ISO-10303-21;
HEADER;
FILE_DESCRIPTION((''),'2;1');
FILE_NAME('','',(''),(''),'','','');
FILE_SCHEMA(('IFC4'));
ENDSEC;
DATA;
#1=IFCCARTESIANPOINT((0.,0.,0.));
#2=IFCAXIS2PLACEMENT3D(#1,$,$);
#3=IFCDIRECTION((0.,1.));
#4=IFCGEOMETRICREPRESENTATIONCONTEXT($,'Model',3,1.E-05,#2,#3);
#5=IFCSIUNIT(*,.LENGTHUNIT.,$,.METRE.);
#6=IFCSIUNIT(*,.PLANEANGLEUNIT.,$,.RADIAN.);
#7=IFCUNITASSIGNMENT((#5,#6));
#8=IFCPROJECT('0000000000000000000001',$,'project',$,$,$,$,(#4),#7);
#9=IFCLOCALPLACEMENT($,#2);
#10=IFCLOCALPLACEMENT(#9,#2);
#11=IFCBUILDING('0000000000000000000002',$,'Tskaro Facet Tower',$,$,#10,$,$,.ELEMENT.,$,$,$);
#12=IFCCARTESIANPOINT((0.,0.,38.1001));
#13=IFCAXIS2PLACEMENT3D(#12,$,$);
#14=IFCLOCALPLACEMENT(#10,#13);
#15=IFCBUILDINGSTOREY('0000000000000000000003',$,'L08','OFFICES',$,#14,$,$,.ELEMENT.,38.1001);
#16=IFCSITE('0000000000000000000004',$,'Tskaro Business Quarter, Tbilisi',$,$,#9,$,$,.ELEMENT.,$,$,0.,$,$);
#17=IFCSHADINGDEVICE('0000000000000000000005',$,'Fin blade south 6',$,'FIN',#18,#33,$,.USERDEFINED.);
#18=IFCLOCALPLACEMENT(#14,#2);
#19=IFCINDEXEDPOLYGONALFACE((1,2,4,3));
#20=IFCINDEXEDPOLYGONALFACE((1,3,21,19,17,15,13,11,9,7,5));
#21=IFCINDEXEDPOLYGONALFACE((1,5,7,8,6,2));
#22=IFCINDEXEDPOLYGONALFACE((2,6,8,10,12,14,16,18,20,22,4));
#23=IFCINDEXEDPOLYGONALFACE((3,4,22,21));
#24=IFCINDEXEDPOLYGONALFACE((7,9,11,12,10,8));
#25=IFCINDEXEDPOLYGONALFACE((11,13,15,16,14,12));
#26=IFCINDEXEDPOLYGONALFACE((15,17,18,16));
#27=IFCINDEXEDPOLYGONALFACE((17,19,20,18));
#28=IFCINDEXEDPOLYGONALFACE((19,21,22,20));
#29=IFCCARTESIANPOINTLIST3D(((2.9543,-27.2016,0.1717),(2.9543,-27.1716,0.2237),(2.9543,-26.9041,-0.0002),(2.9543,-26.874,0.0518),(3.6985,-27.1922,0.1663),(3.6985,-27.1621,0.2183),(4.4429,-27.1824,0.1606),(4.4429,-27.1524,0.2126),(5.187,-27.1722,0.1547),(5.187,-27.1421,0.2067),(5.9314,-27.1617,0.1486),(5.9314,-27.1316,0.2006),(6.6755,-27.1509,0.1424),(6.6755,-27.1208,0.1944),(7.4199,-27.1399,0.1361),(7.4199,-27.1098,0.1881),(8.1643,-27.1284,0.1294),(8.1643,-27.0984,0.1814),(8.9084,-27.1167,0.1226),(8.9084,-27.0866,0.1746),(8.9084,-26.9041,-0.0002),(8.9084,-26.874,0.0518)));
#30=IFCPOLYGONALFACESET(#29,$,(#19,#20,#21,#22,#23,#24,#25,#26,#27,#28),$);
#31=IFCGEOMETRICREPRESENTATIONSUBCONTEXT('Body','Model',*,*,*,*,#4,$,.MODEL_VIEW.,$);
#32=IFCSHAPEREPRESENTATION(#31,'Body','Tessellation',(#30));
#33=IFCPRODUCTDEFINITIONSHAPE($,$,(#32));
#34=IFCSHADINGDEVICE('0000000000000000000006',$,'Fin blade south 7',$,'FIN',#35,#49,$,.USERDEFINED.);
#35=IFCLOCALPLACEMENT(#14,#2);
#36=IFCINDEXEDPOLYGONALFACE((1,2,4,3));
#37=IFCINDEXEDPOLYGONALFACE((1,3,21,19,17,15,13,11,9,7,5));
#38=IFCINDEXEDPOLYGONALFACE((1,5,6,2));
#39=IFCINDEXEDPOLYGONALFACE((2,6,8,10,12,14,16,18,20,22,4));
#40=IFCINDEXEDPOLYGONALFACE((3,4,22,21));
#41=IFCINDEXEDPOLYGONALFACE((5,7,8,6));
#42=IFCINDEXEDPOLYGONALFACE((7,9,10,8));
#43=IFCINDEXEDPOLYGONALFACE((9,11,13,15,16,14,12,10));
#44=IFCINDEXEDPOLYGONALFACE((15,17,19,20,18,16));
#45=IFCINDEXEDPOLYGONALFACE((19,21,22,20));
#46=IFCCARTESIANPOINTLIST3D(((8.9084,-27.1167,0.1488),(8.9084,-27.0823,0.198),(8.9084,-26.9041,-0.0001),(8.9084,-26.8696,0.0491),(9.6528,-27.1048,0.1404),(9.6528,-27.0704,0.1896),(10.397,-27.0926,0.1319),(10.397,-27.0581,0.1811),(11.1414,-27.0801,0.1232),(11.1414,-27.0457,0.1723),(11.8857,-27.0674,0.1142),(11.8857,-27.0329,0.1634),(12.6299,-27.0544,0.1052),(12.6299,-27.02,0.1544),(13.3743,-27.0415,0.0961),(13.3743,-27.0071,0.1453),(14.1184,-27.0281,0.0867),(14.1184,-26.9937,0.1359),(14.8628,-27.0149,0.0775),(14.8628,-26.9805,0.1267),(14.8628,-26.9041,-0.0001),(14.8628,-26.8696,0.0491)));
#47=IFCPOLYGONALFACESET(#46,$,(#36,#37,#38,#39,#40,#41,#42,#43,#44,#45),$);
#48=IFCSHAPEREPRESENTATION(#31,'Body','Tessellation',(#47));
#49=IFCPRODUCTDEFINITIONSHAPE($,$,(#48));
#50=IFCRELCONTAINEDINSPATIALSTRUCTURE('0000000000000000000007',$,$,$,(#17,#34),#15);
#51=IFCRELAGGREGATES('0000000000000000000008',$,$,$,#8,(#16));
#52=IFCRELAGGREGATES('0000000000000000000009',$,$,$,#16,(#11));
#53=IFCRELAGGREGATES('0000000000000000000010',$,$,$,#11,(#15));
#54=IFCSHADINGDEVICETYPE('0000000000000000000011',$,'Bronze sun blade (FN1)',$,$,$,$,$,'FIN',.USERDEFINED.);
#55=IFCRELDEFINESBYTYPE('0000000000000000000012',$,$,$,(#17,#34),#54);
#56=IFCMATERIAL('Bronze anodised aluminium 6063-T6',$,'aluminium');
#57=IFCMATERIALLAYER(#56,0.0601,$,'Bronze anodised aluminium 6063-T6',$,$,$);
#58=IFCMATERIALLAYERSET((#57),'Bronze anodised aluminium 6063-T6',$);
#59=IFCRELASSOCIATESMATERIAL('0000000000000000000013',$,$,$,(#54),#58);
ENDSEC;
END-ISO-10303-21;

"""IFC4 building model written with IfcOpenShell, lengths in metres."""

from ifc_helpers import new_model, si_unit, direction, frame, origin, place, context, subcontext, project, spatial, polyline, outline, extrude, material, layer, layer_set, type_object, element, save


model = new_model("IFC4")

# Units and contexts
model_context = context("Model", 3, precision=1e-05, world=origin(), true_north=direction((0.0, 1.0)))
body_context = subcontext(model_context, "Body", "Model", "MODEL_VIEW")
ifc_project = project(units=[si_unit("LENGTHUNIT", "METRE"), si_unit("PLANEANGLEUNIT", "RADIAN")], contexts=[model_context])

# Site, building, storey
site_placement = place(None, origin())
site = spatial("IfcSite", under=ifc_project, at=site_placement, Name="Tskaro Business Quarter, Tbilisi", CompositionType="ELEMENT", RefElevation=0.0)
building_placement = place(site_placement, origin())
building = spatial("IfcBuilding", under=site, at=building_placement, Name="Tskaro Facet Tower", CompositionType="ELEMENT")
storey_placement = place(building_placement, frame((0.0, 0.0, 38.1001)))
storey = spatial("IfcBuildingStorey", under=building, at=storey_placement, Name="L08", Description="OFFICES", CompositionType="ELEMENT", Elevation=38.1001)

# Shared definitions
ifc_material_1 = material(Name="Bronze anodised aluminium 6063-T6", Category="aluminium")

# Shading devices
ifc_layer_1 = layer(ifc_material_1, 0.0601, Name="Bronze anodised aluminium 6063-T6")
ifc_layer_set_1 = layer_set([ifc_layer_1], Name="Bronze anodised aluminium 6063-T6")
shading_device_type = type_object("IfcShadingDeviceType", Name="Bronze sun blade (FN1)", ElementType="FIN", PredefinedType="USERDEFINED", material=ifc_layer_set_1)
shading_device_1_placement = place(storey_placement, frame((2.9543, -26.874, 0.0518), z_axis=(-0.000004, 0.500361, 0.865817), x_axis=(1.0, 0.000002, 0.000004)))
element("IfcShadingDevice", 1, at=shading_device_1_placement, inside=storey, type_object=shading_device_type, Name="Fin blade south 6", ObjectType="FIN", PredefinedType="USERDEFINED", context=body_context, shape_type="SweptSolid", body=[
    extrude(outline(polyline([(0.0, 0.0), (5.9541, 0.0), (5.9541, -0.2456), (5.21, -0.2591), (4.4656, -0.2724), (3.7212, -0.285), (2.9771, -0.2975), (2.2327, -0.3097), (1.4885, -0.3215), (0.7441, -0.3327), (0.0, -0.3437), (0.0, 0.0)])), origin(), (0.0, 0.0, -1.0), 0.0601),
])
shading_device_2_placement = place(storey_placement, frame((8.9084, -26.8696, 0.0491), z_axis=(0.0, 0.573622, 0.81912), x_axis=(1.0, 0.0, 0.0)))
element("IfcShadingDevice", 2, at=shading_device_2_placement, inside=storey, type_object=shading_device_type, Name="Fin blade south 7", ObjectType="FIN", PredefinedType="USERDEFINED", context=body_context, shape_type="SweptSolid", body=[
    extrude(outline(polyline([(0.0, 0.0), (5.9543, 0.0), (5.9543, -0.1353), (5.21, -0.1514), (4.4658, -0.1678), (3.7214, -0.1835), (2.9773, -0.1993), (2.2329, -0.2149), (1.4885, -0.2301), (0.7444, -0.245), (0.0, -0.2596), (0.0, 0.0)])), origin(), (0.0, 0.0, -1.0), 0.0601),
])

save(model, "model.ifc")
